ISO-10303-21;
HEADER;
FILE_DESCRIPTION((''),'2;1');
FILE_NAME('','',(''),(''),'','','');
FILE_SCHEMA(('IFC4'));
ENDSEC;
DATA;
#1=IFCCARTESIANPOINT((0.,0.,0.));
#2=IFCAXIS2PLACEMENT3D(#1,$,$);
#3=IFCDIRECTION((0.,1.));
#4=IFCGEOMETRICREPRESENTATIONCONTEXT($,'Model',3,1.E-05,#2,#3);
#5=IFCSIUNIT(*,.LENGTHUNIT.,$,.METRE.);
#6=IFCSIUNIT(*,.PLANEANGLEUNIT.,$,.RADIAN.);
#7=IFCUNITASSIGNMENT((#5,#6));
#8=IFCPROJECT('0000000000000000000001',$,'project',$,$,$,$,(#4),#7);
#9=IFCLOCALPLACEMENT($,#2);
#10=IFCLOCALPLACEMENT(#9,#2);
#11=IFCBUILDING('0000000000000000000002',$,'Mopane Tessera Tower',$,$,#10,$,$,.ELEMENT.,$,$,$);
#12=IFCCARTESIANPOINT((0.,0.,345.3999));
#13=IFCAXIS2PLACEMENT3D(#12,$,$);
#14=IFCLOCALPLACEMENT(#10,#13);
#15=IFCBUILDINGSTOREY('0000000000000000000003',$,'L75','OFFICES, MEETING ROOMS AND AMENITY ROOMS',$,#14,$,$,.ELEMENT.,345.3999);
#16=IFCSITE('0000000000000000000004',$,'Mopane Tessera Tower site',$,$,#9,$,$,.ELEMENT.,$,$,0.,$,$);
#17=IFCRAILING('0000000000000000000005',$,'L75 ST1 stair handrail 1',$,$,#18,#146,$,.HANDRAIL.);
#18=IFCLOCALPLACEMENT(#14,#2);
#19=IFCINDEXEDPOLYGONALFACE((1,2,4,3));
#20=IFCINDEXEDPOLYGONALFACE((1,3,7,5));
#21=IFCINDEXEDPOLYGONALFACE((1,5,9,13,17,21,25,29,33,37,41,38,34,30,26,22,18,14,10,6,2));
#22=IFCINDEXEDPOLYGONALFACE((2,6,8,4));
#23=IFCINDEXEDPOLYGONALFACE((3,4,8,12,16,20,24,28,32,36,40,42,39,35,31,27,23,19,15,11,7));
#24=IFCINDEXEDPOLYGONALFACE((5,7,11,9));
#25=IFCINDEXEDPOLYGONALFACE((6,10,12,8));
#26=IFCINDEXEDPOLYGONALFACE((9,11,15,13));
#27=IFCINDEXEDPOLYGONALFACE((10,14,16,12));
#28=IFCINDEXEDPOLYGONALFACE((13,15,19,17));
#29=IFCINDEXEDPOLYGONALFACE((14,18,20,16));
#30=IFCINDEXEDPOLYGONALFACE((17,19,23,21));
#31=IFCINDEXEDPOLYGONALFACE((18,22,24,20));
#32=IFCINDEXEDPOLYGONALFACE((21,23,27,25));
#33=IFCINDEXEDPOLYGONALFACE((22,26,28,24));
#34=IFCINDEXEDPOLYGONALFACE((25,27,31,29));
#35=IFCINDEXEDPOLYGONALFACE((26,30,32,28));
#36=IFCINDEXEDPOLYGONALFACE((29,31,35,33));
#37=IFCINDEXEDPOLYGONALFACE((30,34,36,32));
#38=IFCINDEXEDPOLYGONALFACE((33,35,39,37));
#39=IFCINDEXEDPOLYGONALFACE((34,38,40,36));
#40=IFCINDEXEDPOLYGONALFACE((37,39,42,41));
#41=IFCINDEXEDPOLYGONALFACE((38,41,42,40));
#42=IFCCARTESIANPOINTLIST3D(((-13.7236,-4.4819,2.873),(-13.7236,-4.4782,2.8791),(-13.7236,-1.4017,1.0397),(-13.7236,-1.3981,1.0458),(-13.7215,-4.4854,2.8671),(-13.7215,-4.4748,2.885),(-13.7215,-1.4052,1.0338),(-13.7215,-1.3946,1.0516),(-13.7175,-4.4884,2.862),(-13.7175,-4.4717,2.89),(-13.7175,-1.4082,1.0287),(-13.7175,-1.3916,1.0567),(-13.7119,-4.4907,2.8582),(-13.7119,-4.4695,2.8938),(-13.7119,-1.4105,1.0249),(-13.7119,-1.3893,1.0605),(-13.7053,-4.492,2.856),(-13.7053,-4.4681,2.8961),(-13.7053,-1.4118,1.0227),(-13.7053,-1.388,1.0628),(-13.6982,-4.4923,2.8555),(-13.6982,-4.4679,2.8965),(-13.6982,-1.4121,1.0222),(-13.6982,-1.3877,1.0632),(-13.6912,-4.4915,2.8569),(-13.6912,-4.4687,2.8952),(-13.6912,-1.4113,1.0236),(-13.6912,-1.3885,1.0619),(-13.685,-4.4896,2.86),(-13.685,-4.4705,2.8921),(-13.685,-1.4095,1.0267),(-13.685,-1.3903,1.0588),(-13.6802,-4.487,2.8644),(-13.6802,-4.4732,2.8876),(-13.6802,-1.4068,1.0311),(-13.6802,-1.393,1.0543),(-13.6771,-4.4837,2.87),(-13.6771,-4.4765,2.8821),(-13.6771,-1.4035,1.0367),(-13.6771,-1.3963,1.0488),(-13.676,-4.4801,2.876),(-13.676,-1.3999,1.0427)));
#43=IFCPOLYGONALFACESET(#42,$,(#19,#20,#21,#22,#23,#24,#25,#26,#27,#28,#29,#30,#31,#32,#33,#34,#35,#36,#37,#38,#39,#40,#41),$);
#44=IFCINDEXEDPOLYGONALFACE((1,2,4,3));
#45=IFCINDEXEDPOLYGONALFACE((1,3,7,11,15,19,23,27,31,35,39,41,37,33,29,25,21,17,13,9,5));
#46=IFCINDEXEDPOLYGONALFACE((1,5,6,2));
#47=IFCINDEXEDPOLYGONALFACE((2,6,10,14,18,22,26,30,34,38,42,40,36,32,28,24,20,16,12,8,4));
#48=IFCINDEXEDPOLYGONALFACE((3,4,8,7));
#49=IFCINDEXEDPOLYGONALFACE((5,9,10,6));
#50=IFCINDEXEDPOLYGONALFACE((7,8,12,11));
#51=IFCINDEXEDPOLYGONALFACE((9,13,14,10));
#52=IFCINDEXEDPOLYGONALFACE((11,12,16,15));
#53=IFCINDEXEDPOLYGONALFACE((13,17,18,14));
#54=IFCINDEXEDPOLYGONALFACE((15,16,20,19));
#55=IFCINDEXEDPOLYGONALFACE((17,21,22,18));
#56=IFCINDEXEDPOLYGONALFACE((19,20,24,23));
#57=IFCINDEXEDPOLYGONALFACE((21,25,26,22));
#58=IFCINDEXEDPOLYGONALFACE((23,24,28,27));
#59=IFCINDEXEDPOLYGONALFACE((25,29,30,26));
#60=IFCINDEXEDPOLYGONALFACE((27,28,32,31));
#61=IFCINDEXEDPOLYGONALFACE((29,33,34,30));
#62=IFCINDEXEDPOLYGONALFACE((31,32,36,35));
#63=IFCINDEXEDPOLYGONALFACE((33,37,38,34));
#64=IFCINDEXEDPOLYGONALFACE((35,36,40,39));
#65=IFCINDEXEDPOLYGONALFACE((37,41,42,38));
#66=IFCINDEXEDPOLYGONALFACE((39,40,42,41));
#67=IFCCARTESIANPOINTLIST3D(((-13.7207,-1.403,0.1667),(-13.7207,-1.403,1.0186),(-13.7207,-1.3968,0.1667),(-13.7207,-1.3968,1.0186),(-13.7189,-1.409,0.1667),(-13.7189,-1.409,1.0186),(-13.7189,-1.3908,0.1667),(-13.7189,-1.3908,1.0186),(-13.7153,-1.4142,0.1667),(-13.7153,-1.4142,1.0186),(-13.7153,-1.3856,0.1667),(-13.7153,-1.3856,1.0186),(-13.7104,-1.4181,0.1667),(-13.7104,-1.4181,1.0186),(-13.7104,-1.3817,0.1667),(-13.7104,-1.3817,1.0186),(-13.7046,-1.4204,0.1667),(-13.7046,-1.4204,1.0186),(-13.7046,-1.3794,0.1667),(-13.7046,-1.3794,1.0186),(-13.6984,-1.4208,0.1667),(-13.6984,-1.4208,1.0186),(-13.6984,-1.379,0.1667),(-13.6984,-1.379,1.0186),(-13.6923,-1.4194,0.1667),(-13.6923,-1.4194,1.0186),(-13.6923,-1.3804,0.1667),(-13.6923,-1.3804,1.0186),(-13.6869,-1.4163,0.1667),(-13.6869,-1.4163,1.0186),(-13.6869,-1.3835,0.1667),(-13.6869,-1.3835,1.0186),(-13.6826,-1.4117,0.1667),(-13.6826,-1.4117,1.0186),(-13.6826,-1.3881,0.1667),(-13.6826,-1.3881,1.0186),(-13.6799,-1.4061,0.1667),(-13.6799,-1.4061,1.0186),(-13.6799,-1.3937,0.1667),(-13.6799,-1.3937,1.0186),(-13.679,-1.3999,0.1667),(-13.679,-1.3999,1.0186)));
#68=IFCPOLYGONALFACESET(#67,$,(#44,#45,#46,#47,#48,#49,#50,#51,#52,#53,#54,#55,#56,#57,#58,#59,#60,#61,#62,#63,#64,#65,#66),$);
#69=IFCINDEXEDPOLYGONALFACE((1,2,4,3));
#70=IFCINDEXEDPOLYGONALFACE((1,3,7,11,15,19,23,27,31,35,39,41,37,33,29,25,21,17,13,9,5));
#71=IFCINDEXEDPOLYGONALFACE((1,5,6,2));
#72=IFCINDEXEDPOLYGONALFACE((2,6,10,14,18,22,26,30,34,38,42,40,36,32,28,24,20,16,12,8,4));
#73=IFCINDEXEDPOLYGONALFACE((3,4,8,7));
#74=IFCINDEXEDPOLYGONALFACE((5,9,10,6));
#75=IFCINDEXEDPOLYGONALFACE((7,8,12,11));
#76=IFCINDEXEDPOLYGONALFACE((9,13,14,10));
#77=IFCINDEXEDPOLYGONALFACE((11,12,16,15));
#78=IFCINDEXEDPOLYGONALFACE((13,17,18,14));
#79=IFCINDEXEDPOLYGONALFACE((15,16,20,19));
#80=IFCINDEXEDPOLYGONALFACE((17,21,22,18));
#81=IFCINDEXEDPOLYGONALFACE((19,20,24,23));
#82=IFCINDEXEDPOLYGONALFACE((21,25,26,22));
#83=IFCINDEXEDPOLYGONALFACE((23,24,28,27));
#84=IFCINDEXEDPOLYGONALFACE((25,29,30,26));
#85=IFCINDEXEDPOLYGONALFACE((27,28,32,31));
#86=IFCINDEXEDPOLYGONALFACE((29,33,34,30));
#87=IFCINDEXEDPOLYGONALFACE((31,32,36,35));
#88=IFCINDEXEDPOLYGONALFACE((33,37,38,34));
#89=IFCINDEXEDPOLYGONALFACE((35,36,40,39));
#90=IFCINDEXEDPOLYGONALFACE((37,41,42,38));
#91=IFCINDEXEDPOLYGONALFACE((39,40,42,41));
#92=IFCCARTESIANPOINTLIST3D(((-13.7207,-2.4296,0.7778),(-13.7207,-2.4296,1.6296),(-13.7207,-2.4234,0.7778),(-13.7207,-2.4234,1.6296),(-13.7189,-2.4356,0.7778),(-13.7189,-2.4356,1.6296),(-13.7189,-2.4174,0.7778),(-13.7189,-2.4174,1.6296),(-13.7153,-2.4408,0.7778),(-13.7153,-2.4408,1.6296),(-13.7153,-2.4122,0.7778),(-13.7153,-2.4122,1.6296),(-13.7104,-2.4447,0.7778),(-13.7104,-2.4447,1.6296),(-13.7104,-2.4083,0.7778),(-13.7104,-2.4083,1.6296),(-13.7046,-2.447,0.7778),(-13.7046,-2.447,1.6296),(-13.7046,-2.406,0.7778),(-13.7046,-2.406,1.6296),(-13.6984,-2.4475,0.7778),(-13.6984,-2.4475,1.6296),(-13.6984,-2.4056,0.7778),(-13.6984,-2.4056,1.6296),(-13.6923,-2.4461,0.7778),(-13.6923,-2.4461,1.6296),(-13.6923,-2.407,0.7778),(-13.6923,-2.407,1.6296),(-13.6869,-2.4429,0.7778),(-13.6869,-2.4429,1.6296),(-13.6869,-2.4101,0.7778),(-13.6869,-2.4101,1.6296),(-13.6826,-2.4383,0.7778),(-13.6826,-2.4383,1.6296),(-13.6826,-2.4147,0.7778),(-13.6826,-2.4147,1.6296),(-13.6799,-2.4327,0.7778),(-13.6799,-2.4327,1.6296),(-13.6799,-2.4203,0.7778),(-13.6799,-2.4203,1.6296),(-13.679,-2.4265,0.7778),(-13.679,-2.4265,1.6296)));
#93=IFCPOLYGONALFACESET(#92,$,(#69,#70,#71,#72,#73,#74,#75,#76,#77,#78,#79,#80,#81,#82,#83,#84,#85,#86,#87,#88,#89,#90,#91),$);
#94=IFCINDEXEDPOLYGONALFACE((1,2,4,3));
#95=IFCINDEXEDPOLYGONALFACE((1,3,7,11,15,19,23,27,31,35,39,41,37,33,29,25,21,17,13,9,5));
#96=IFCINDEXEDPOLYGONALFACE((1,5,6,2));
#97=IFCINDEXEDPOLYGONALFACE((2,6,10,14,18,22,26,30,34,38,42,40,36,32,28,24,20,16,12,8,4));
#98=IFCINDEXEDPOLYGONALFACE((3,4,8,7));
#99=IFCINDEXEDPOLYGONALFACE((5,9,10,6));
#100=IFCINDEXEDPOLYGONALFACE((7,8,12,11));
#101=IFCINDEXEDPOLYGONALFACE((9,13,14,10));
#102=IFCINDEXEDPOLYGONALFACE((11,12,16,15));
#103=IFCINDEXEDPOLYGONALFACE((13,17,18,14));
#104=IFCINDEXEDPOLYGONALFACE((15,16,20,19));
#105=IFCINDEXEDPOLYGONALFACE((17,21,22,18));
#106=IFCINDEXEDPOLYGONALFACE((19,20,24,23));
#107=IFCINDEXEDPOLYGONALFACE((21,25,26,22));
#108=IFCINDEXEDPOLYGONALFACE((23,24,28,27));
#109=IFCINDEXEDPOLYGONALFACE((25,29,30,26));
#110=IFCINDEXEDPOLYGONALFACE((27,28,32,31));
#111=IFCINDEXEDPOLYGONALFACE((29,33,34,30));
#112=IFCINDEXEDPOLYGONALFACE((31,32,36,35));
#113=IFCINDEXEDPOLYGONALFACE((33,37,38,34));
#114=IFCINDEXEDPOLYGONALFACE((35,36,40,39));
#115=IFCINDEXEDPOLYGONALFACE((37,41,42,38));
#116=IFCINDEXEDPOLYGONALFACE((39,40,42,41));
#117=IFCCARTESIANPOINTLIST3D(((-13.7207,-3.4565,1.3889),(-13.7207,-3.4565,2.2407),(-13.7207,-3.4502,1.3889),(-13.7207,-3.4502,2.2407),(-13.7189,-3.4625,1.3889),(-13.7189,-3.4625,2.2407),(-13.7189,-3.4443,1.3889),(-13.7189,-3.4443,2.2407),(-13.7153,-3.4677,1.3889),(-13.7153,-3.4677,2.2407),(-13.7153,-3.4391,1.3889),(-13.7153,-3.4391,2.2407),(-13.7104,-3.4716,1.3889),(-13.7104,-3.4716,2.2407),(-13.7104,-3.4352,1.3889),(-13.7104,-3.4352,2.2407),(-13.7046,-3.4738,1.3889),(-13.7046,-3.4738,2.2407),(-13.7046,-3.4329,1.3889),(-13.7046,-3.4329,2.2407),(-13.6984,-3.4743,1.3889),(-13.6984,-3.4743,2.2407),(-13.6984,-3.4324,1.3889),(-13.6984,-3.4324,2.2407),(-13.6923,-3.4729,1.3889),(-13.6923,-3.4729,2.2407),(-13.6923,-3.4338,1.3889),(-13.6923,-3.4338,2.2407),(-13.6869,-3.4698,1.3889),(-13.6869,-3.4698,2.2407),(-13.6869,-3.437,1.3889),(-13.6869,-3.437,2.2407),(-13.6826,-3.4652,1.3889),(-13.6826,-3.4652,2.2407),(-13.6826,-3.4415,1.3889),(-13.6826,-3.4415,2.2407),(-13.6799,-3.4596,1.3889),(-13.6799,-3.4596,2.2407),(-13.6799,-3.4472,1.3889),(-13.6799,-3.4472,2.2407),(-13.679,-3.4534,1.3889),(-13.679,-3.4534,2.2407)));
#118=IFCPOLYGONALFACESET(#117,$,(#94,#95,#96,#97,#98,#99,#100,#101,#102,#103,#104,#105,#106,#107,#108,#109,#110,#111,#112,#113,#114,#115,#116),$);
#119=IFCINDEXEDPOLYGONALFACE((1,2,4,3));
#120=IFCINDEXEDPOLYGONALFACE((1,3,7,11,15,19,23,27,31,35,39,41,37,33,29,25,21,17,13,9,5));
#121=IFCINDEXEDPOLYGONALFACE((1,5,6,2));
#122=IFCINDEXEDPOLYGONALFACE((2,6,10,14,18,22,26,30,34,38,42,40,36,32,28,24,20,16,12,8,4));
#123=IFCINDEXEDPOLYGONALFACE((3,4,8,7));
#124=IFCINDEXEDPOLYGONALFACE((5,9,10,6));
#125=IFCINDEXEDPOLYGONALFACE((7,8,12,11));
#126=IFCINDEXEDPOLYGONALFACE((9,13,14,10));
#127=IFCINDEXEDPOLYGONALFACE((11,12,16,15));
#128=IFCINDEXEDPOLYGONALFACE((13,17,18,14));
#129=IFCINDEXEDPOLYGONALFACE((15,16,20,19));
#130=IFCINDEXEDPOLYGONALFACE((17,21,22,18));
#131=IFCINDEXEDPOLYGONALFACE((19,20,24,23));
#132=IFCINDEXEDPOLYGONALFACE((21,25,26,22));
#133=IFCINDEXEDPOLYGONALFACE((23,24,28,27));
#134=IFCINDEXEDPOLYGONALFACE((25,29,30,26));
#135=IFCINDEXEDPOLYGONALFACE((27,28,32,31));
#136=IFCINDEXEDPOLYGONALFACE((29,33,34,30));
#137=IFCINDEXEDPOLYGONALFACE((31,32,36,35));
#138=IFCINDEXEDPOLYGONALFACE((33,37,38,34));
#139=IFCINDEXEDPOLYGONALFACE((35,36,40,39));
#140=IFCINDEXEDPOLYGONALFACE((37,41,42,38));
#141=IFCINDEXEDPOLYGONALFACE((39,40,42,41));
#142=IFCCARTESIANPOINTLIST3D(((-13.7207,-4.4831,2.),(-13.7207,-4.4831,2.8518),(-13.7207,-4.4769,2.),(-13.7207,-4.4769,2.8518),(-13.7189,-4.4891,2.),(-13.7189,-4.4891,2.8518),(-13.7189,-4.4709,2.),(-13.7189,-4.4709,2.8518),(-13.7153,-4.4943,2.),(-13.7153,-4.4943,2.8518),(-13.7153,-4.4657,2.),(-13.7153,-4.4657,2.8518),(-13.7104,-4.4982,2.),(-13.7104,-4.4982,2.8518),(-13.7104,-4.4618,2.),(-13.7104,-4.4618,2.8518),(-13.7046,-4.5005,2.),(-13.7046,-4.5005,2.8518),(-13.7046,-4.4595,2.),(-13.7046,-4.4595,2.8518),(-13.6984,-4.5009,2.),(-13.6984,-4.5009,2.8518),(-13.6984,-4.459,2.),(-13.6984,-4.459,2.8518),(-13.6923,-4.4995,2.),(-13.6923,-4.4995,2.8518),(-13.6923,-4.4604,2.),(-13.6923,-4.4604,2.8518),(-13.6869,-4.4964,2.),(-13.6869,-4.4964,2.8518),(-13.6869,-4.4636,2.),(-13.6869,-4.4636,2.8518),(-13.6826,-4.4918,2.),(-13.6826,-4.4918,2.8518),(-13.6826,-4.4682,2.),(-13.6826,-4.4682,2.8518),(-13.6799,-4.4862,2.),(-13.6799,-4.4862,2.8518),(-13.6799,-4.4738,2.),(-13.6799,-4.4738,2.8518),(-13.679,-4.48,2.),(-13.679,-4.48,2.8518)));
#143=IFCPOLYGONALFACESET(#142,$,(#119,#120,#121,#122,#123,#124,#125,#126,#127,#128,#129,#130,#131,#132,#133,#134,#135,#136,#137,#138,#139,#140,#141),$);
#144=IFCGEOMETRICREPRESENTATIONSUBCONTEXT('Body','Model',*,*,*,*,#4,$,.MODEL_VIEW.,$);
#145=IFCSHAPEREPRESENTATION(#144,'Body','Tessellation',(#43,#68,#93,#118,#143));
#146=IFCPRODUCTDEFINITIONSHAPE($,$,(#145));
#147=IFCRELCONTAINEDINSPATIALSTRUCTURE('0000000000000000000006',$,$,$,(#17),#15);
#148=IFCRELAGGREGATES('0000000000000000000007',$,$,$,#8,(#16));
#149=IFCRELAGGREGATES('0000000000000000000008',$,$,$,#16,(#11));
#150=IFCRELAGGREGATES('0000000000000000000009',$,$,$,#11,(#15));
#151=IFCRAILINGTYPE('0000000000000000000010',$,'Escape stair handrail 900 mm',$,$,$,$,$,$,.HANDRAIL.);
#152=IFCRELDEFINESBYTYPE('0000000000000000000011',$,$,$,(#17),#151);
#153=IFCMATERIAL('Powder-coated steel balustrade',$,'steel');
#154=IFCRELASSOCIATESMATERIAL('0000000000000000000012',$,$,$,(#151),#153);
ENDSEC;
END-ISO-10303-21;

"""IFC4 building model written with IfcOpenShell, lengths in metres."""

from ifc_helpers import new_model, si_unit, direction, frame, origin, origin_2d, place, context, subcontext, project, spatial, circle, extrude, material, type_object, element, save


model = new_model("IFC4")

# Units and contexts
model_context = context("Model", 3, precision=1e-05, world=origin(), true_north=direction((0.0, 1.0)))
body_context = subcontext(model_context, "Body", "Model", "MODEL_VIEW")
ifc_project = project(units=[si_unit("LENGTHUNIT", "METRE"), si_unit("PLANEANGLEUNIT", "RADIAN")], contexts=[model_context])

# Site, building, storey
site_placement = place(None, origin())
site = spatial("IfcSite", under=ifc_project, at=site_placement, Name="Mopane Tessera Tower site", CompositionType="ELEMENT", RefElevation=0.0)
building_placement = place(site_placement, origin())
building = spatial("IfcBuilding", under=site, at=building_placement, Name="Mopane Tessera Tower", CompositionType="ELEMENT")
storey_placement = place(building_placement, frame((0.0, 0.0, 345.3999)))
storey = spatial("IfcBuildingStorey", under=building, at=storey_placement, Name="L75", Description="OFFICES, MEETING ROOMS AND AMENITY ROOMS", CompositionType="ELEMENT", Elevation=345.3999)

# Railing
ifc_material_1 = material(Name="Powder-coated steel balustrade", Category="steel")
railing_type = type_object("IfcRailingType", Name="Escape stair handrail 900 mm", PredefinedType="HANDRAIL", material=ifc_material_1)
railing_placement = place(storey_placement, frame((-13.7, -1.3999, 0.1667)))
element("IfcRailing", 1, at=railing_placement, inside=storey, type_object=railing_type, Name="L75 ST1 stair handrail 1", PredefinedType="HANDRAIL", context=body_context, shape_type="SweptSolid", body=[
    extrude(circle(Radius=0.0239, at=origin_2d()), frame((0.0, 0.0, 0.876), z_axis=(0.0, -0.859309, 0.511458), x_axis=(1.0, 0.0, 0.0)), (0.0, 0.0, 1.0), 3.5845),
    extrude(circle(Radius=0.021, at=origin_2d()), origin(), (0.0, 0.0, 1.0), 0.8518),
    extrude(circle(Radius=0.021, at=origin_2d()), frame((0.0, -1.0266, 0.6111)), (0.0, 0.0, 1.0), 0.8518),
    extrude(circle(Radius=0.021, at=origin_2d()), frame((0.0, -2.0535, 1.2222)), (0.0, 0.0, 1.0), 0.8518),
    extrude(circle(Radius=0.021, at=origin_2d()), frame((0.0, -3.0801, 1.8333)), (0.0, 0.0, 1.0), 0.8518),
])

save(model, "model.ifc")
